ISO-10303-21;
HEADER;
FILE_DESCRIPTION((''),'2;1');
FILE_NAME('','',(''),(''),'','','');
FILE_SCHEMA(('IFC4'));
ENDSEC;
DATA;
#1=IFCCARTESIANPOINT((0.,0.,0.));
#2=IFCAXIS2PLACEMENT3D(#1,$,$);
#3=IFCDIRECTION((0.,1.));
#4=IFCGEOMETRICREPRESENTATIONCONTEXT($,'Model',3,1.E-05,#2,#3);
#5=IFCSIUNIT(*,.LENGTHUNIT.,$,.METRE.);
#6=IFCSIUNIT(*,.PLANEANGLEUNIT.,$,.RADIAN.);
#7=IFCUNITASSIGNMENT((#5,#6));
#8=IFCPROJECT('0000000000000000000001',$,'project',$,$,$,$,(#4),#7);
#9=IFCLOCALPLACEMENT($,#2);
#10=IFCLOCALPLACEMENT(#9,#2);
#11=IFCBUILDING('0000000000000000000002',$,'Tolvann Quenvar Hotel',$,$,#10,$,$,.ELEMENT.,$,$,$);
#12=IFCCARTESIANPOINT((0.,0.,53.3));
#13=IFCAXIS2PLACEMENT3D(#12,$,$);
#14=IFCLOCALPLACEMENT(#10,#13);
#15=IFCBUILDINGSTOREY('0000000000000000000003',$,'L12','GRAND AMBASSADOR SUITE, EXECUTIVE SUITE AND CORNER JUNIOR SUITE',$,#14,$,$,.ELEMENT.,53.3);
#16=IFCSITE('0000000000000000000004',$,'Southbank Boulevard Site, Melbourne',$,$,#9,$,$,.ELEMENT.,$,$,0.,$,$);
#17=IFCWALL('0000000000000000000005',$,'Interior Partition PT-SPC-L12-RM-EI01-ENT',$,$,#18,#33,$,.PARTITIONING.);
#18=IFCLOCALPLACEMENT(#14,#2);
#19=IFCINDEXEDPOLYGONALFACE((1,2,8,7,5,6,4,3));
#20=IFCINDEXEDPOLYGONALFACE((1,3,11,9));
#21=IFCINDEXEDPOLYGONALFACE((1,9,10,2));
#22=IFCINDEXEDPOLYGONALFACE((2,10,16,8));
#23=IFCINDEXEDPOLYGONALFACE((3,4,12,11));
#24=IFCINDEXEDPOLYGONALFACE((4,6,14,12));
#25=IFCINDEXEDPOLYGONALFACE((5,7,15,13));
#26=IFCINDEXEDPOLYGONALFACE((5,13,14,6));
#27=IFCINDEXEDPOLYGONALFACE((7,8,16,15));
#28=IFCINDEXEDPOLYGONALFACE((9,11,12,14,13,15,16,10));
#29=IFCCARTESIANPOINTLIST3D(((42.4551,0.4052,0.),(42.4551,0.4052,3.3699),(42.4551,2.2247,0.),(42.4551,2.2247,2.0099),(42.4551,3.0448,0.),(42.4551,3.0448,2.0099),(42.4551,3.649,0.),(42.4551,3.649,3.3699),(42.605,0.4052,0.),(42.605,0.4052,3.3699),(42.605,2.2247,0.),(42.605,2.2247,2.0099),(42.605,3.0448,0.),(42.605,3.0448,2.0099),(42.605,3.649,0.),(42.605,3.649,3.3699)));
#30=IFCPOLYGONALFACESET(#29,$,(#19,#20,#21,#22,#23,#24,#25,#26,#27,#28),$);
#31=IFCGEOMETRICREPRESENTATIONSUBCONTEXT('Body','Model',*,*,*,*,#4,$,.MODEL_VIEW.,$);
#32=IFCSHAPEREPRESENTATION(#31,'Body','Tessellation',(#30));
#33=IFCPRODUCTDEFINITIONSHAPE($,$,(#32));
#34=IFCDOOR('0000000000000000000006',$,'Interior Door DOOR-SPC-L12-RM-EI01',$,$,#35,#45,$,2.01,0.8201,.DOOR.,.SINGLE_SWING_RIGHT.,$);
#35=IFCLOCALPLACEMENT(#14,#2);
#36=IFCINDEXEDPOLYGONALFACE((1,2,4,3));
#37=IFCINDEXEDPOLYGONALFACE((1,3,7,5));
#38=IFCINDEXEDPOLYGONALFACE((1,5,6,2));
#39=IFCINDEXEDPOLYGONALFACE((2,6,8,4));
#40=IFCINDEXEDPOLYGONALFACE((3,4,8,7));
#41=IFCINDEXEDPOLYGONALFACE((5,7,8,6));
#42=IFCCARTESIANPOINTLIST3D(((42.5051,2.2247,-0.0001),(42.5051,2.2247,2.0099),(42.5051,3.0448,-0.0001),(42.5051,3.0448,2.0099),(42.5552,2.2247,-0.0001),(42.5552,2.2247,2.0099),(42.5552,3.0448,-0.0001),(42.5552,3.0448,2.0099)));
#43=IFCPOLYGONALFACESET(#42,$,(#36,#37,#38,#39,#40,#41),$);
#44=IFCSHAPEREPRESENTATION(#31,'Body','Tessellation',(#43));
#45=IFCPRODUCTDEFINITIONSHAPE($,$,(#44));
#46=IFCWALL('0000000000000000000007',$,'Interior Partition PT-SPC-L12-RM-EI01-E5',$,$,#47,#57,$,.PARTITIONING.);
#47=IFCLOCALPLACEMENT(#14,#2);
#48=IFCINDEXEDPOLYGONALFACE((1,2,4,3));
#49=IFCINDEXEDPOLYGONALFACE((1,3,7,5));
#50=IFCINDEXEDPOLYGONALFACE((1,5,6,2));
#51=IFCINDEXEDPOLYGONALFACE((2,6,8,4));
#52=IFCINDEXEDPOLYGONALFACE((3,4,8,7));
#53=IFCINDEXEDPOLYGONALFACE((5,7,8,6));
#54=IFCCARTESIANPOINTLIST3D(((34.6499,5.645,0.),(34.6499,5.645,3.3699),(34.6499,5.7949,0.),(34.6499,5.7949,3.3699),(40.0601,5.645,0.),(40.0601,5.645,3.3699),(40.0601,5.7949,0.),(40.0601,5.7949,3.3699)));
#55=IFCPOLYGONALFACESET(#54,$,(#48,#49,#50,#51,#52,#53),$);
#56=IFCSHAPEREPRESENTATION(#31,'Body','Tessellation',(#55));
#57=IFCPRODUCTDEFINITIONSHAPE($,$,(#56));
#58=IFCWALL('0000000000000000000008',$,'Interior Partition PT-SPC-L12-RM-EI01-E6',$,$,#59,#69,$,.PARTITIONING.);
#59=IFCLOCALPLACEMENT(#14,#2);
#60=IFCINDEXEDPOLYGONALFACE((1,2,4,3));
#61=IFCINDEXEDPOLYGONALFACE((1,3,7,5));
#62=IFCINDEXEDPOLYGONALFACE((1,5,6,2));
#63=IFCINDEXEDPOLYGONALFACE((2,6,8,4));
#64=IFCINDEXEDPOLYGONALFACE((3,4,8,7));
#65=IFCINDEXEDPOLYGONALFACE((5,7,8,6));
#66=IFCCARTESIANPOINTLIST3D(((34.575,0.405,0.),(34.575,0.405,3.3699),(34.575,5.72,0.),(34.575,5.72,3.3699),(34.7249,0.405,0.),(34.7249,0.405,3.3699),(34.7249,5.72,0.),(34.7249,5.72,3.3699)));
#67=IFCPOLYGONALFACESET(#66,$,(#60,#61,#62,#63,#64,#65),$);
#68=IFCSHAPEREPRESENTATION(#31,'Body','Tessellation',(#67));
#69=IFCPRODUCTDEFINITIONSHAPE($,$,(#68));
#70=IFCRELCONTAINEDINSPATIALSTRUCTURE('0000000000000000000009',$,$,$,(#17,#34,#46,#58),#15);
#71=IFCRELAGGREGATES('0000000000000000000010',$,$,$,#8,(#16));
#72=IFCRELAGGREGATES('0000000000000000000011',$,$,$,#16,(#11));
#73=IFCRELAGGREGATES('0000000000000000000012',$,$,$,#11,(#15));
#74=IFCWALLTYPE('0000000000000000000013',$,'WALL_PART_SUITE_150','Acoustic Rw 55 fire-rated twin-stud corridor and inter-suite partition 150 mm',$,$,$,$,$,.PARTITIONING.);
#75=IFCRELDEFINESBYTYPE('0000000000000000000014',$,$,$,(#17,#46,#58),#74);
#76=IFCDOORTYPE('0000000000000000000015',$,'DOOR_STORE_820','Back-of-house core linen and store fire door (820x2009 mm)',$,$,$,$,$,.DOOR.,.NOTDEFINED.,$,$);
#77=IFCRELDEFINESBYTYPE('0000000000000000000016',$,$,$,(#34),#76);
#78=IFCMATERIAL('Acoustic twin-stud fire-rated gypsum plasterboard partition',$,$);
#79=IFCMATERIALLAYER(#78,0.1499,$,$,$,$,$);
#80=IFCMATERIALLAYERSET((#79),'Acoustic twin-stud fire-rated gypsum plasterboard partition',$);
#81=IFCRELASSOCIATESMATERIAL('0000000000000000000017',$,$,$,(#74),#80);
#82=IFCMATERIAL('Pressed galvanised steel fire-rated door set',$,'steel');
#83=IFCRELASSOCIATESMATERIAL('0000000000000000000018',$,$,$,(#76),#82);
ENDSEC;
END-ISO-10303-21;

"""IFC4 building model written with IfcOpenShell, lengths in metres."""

from ifc_helpers import new_model, si_unit, direction, frame, frame_2d, origin, place, context, subcontext, project, spatial, rectangle, extrude, source, transform, mapped, material, layer, layer_set, type_object, type_shapes, element, fill, save


model = new_model("IFC4")

# Units and contexts
model_context = context("Model", 3, precision=1e-05, world=origin(), true_north=direction((0.0, 1.0)))
body_context = subcontext(model_context, "Body", "Model", "MODEL_VIEW")
ifc_project = project(units=[si_unit("LENGTHUNIT", "METRE"), si_unit("PLANEANGLEUNIT", "RADIAN")], contexts=[model_context])

# Site, building, storey
site_placement = place(None, origin())
site = spatial("IfcSite", under=ifc_project, at=site_placement, Name="Southbank Boulevard Site, Melbourne", CompositionType="ELEMENT", RefElevation=0.0)
building_placement = place(site_placement, origin())
building = spatial("IfcBuilding", under=site, at=building_placement, Name="Tolvann Quenvar Hotel", CompositionType="ELEMENT")
storey_placement = place(building_placement, frame((0.0, 0.0, 53.3)))
storey = spatial("IfcBuildingStorey", under=building, at=storey_placement, Name="L12", Description="GRAND AMBASSADOR SUITE, EXECUTIVE SUITE AND CORNER JUNIOR SUITE", CompositionType="ELEMENT", Elevation=53.3)

# Shared definitions
ifc_material_1 = material(Name="Acoustic twin-stud fire-rated gypsum plasterboard partition")
ifc_layer_1 = layer(ifc_material_1, 0.1499)
ifc_layer_set_1 = layer_set([ifc_layer_1], Name="Acoustic twin-stud fire-rated gypsum plasterboard partition")
wall_type_1 = type_object("IfcWallType", Name="WALL_PART_SUITE_150", Description="Acoustic Rw 55 fire-rated twin-stud corridor and inter-suite partition 150 mm", PredefinedType="PARTITIONING", material=ifc_layer_set_1)

# Wall, opening, door
wall_1_placement = place(storey_placement, frame((42.53, 0.405, 0.0), z_axis=(0.0, 0.0, 1.0), x_axis=(0.0, 1.0, 0.0)))
wall_1 = element("IfcWall", 1, at=wall_1_placement, inside=storey, type_object=wall_type_1, Name="Interior Partition PT-SPC-L12-RM-EI01-ENT", PredefinedType="PARTITIONING", context=body_context, shape_type="SweptSolid", body=[
    extrude(rectangle(XDim=3.2439, YDim=0.1499, at=frame_2d((1.6221, 0.0))), origin(), (0.0, 0.0, 1.0), 3.3699),
])
opening_1_placement = place(wall_1_placement, frame((1.8196, 0.0, 0.0)))
opening_1 = element("IfcOpeningElement", 2, at=opening_1_placement, cuts=wall_1, PredefinedType="OPENING", context=body_context, shape_type="SweptSolid", body=[
    extrude(rectangle(XDim=0.8201, YDim=2.01, at=frame_2d((0.4102, 1.0049))), frame((0.0, 0.085, 0.0), z_axis=(0.0, -1.0, 0.0), x_axis=(1.0, 0.0, 0.0)), (0.0, 0.0, 1.0), 0.1699),
])
ifc_material_2 = material(Name="Pressed galvanised steel fire-rated door set", Category="steel")
door_type_1 = type_object("IfcDoorType", Name="DOOR_STORE_820", Description="Back-of-house core linen and store fire door (820x2009 mm)", OperationType="NOTDEFINED", PredefinedType="DOOR", material=ifc_material_2)
shared_shape_1 = source(origin(), body_context, "Body", "SweptSolid", [
    extrude(rectangle(XDim=0.8201, YDim=2.01, at=frame_2d((0.4102, 1.0049))), frame((0.0, 0.0249, 0.0), z_axis=(0.0, -1.0, 0.0), x_axis=(1.0, 0.0, 0.0)), (0.0, 0.0, 1.0), 0.05),
])
type_shapes(door_type_1, [shared_shape_1])
door_1_placement = place(opening_1_placement, origin())
door_1 = element("IfcDoor", 3, at=door_1_placement, inside=storey, type_object=door_type_1, Name="Interior Door DOOR-SPC-L12-RM-EI01", OperationType="SINGLE_SWING_RIGHT", OverallHeight=2.01, OverallWidth=0.8201, PredefinedType="DOOR", context=body_context, shape_type="MappedRepresentation", body=[
    mapped(shared_shape_1, transform((0.0, 0.0, 0.0), x_axis=(1.0, 0.0, 0.0), y_axis=(0.0, 1.0, 0.0), z_axis=(0.0, 0.0, 1.0), scale=1.0)),
])
fill(opening_1, door_1)

# Walls
wall_2_placement = place(storey_placement, frame((34.6499, 5.72, 0.0), z_axis=(0.0, 0.0, 1.0), x_axis=(1.0, 0.0, 0.0)))
element("IfcWall", 4, at=wall_2_placement, inside=storey, type_object=wall_type_1, Name="Interior Partition PT-SPC-L12-RM-EI01-E5", PredefinedType="PARTITIONING", context=body_context, shape_type="SweptSolid", body=[
    extrude(rectangle(XDim=5.4102, YDim=0.1499, at=frame_2d((2.7051, 0.0))), origin(), (0.0, 0.0, 1.0), 3.3699),
])
wall_3_placement = place(storey_placement, frame((34.6499, 0.405, 0.0), z_axis=(0.0, 0.0, 1.0), x_axis=(0.0, 1.0, 0.0)))
element("IfcWall", 5, at=wall_3_placement, inside=storey, type_object=wall_type_1, Name="Interior Partition PT-SPC-L12-RM-EI01-E6", PredefinedType="PARTITIONING", context=body_context, shape_type="SweptSolid", body=[
    extrude(rectangle(XDim=5.3149, YDim=0.1499, at=frame_2d((2.6575, 0.0))), origin(), (0.0, 0.0, 1.0), 3.3699),
])

save(model, "model.ifc")
